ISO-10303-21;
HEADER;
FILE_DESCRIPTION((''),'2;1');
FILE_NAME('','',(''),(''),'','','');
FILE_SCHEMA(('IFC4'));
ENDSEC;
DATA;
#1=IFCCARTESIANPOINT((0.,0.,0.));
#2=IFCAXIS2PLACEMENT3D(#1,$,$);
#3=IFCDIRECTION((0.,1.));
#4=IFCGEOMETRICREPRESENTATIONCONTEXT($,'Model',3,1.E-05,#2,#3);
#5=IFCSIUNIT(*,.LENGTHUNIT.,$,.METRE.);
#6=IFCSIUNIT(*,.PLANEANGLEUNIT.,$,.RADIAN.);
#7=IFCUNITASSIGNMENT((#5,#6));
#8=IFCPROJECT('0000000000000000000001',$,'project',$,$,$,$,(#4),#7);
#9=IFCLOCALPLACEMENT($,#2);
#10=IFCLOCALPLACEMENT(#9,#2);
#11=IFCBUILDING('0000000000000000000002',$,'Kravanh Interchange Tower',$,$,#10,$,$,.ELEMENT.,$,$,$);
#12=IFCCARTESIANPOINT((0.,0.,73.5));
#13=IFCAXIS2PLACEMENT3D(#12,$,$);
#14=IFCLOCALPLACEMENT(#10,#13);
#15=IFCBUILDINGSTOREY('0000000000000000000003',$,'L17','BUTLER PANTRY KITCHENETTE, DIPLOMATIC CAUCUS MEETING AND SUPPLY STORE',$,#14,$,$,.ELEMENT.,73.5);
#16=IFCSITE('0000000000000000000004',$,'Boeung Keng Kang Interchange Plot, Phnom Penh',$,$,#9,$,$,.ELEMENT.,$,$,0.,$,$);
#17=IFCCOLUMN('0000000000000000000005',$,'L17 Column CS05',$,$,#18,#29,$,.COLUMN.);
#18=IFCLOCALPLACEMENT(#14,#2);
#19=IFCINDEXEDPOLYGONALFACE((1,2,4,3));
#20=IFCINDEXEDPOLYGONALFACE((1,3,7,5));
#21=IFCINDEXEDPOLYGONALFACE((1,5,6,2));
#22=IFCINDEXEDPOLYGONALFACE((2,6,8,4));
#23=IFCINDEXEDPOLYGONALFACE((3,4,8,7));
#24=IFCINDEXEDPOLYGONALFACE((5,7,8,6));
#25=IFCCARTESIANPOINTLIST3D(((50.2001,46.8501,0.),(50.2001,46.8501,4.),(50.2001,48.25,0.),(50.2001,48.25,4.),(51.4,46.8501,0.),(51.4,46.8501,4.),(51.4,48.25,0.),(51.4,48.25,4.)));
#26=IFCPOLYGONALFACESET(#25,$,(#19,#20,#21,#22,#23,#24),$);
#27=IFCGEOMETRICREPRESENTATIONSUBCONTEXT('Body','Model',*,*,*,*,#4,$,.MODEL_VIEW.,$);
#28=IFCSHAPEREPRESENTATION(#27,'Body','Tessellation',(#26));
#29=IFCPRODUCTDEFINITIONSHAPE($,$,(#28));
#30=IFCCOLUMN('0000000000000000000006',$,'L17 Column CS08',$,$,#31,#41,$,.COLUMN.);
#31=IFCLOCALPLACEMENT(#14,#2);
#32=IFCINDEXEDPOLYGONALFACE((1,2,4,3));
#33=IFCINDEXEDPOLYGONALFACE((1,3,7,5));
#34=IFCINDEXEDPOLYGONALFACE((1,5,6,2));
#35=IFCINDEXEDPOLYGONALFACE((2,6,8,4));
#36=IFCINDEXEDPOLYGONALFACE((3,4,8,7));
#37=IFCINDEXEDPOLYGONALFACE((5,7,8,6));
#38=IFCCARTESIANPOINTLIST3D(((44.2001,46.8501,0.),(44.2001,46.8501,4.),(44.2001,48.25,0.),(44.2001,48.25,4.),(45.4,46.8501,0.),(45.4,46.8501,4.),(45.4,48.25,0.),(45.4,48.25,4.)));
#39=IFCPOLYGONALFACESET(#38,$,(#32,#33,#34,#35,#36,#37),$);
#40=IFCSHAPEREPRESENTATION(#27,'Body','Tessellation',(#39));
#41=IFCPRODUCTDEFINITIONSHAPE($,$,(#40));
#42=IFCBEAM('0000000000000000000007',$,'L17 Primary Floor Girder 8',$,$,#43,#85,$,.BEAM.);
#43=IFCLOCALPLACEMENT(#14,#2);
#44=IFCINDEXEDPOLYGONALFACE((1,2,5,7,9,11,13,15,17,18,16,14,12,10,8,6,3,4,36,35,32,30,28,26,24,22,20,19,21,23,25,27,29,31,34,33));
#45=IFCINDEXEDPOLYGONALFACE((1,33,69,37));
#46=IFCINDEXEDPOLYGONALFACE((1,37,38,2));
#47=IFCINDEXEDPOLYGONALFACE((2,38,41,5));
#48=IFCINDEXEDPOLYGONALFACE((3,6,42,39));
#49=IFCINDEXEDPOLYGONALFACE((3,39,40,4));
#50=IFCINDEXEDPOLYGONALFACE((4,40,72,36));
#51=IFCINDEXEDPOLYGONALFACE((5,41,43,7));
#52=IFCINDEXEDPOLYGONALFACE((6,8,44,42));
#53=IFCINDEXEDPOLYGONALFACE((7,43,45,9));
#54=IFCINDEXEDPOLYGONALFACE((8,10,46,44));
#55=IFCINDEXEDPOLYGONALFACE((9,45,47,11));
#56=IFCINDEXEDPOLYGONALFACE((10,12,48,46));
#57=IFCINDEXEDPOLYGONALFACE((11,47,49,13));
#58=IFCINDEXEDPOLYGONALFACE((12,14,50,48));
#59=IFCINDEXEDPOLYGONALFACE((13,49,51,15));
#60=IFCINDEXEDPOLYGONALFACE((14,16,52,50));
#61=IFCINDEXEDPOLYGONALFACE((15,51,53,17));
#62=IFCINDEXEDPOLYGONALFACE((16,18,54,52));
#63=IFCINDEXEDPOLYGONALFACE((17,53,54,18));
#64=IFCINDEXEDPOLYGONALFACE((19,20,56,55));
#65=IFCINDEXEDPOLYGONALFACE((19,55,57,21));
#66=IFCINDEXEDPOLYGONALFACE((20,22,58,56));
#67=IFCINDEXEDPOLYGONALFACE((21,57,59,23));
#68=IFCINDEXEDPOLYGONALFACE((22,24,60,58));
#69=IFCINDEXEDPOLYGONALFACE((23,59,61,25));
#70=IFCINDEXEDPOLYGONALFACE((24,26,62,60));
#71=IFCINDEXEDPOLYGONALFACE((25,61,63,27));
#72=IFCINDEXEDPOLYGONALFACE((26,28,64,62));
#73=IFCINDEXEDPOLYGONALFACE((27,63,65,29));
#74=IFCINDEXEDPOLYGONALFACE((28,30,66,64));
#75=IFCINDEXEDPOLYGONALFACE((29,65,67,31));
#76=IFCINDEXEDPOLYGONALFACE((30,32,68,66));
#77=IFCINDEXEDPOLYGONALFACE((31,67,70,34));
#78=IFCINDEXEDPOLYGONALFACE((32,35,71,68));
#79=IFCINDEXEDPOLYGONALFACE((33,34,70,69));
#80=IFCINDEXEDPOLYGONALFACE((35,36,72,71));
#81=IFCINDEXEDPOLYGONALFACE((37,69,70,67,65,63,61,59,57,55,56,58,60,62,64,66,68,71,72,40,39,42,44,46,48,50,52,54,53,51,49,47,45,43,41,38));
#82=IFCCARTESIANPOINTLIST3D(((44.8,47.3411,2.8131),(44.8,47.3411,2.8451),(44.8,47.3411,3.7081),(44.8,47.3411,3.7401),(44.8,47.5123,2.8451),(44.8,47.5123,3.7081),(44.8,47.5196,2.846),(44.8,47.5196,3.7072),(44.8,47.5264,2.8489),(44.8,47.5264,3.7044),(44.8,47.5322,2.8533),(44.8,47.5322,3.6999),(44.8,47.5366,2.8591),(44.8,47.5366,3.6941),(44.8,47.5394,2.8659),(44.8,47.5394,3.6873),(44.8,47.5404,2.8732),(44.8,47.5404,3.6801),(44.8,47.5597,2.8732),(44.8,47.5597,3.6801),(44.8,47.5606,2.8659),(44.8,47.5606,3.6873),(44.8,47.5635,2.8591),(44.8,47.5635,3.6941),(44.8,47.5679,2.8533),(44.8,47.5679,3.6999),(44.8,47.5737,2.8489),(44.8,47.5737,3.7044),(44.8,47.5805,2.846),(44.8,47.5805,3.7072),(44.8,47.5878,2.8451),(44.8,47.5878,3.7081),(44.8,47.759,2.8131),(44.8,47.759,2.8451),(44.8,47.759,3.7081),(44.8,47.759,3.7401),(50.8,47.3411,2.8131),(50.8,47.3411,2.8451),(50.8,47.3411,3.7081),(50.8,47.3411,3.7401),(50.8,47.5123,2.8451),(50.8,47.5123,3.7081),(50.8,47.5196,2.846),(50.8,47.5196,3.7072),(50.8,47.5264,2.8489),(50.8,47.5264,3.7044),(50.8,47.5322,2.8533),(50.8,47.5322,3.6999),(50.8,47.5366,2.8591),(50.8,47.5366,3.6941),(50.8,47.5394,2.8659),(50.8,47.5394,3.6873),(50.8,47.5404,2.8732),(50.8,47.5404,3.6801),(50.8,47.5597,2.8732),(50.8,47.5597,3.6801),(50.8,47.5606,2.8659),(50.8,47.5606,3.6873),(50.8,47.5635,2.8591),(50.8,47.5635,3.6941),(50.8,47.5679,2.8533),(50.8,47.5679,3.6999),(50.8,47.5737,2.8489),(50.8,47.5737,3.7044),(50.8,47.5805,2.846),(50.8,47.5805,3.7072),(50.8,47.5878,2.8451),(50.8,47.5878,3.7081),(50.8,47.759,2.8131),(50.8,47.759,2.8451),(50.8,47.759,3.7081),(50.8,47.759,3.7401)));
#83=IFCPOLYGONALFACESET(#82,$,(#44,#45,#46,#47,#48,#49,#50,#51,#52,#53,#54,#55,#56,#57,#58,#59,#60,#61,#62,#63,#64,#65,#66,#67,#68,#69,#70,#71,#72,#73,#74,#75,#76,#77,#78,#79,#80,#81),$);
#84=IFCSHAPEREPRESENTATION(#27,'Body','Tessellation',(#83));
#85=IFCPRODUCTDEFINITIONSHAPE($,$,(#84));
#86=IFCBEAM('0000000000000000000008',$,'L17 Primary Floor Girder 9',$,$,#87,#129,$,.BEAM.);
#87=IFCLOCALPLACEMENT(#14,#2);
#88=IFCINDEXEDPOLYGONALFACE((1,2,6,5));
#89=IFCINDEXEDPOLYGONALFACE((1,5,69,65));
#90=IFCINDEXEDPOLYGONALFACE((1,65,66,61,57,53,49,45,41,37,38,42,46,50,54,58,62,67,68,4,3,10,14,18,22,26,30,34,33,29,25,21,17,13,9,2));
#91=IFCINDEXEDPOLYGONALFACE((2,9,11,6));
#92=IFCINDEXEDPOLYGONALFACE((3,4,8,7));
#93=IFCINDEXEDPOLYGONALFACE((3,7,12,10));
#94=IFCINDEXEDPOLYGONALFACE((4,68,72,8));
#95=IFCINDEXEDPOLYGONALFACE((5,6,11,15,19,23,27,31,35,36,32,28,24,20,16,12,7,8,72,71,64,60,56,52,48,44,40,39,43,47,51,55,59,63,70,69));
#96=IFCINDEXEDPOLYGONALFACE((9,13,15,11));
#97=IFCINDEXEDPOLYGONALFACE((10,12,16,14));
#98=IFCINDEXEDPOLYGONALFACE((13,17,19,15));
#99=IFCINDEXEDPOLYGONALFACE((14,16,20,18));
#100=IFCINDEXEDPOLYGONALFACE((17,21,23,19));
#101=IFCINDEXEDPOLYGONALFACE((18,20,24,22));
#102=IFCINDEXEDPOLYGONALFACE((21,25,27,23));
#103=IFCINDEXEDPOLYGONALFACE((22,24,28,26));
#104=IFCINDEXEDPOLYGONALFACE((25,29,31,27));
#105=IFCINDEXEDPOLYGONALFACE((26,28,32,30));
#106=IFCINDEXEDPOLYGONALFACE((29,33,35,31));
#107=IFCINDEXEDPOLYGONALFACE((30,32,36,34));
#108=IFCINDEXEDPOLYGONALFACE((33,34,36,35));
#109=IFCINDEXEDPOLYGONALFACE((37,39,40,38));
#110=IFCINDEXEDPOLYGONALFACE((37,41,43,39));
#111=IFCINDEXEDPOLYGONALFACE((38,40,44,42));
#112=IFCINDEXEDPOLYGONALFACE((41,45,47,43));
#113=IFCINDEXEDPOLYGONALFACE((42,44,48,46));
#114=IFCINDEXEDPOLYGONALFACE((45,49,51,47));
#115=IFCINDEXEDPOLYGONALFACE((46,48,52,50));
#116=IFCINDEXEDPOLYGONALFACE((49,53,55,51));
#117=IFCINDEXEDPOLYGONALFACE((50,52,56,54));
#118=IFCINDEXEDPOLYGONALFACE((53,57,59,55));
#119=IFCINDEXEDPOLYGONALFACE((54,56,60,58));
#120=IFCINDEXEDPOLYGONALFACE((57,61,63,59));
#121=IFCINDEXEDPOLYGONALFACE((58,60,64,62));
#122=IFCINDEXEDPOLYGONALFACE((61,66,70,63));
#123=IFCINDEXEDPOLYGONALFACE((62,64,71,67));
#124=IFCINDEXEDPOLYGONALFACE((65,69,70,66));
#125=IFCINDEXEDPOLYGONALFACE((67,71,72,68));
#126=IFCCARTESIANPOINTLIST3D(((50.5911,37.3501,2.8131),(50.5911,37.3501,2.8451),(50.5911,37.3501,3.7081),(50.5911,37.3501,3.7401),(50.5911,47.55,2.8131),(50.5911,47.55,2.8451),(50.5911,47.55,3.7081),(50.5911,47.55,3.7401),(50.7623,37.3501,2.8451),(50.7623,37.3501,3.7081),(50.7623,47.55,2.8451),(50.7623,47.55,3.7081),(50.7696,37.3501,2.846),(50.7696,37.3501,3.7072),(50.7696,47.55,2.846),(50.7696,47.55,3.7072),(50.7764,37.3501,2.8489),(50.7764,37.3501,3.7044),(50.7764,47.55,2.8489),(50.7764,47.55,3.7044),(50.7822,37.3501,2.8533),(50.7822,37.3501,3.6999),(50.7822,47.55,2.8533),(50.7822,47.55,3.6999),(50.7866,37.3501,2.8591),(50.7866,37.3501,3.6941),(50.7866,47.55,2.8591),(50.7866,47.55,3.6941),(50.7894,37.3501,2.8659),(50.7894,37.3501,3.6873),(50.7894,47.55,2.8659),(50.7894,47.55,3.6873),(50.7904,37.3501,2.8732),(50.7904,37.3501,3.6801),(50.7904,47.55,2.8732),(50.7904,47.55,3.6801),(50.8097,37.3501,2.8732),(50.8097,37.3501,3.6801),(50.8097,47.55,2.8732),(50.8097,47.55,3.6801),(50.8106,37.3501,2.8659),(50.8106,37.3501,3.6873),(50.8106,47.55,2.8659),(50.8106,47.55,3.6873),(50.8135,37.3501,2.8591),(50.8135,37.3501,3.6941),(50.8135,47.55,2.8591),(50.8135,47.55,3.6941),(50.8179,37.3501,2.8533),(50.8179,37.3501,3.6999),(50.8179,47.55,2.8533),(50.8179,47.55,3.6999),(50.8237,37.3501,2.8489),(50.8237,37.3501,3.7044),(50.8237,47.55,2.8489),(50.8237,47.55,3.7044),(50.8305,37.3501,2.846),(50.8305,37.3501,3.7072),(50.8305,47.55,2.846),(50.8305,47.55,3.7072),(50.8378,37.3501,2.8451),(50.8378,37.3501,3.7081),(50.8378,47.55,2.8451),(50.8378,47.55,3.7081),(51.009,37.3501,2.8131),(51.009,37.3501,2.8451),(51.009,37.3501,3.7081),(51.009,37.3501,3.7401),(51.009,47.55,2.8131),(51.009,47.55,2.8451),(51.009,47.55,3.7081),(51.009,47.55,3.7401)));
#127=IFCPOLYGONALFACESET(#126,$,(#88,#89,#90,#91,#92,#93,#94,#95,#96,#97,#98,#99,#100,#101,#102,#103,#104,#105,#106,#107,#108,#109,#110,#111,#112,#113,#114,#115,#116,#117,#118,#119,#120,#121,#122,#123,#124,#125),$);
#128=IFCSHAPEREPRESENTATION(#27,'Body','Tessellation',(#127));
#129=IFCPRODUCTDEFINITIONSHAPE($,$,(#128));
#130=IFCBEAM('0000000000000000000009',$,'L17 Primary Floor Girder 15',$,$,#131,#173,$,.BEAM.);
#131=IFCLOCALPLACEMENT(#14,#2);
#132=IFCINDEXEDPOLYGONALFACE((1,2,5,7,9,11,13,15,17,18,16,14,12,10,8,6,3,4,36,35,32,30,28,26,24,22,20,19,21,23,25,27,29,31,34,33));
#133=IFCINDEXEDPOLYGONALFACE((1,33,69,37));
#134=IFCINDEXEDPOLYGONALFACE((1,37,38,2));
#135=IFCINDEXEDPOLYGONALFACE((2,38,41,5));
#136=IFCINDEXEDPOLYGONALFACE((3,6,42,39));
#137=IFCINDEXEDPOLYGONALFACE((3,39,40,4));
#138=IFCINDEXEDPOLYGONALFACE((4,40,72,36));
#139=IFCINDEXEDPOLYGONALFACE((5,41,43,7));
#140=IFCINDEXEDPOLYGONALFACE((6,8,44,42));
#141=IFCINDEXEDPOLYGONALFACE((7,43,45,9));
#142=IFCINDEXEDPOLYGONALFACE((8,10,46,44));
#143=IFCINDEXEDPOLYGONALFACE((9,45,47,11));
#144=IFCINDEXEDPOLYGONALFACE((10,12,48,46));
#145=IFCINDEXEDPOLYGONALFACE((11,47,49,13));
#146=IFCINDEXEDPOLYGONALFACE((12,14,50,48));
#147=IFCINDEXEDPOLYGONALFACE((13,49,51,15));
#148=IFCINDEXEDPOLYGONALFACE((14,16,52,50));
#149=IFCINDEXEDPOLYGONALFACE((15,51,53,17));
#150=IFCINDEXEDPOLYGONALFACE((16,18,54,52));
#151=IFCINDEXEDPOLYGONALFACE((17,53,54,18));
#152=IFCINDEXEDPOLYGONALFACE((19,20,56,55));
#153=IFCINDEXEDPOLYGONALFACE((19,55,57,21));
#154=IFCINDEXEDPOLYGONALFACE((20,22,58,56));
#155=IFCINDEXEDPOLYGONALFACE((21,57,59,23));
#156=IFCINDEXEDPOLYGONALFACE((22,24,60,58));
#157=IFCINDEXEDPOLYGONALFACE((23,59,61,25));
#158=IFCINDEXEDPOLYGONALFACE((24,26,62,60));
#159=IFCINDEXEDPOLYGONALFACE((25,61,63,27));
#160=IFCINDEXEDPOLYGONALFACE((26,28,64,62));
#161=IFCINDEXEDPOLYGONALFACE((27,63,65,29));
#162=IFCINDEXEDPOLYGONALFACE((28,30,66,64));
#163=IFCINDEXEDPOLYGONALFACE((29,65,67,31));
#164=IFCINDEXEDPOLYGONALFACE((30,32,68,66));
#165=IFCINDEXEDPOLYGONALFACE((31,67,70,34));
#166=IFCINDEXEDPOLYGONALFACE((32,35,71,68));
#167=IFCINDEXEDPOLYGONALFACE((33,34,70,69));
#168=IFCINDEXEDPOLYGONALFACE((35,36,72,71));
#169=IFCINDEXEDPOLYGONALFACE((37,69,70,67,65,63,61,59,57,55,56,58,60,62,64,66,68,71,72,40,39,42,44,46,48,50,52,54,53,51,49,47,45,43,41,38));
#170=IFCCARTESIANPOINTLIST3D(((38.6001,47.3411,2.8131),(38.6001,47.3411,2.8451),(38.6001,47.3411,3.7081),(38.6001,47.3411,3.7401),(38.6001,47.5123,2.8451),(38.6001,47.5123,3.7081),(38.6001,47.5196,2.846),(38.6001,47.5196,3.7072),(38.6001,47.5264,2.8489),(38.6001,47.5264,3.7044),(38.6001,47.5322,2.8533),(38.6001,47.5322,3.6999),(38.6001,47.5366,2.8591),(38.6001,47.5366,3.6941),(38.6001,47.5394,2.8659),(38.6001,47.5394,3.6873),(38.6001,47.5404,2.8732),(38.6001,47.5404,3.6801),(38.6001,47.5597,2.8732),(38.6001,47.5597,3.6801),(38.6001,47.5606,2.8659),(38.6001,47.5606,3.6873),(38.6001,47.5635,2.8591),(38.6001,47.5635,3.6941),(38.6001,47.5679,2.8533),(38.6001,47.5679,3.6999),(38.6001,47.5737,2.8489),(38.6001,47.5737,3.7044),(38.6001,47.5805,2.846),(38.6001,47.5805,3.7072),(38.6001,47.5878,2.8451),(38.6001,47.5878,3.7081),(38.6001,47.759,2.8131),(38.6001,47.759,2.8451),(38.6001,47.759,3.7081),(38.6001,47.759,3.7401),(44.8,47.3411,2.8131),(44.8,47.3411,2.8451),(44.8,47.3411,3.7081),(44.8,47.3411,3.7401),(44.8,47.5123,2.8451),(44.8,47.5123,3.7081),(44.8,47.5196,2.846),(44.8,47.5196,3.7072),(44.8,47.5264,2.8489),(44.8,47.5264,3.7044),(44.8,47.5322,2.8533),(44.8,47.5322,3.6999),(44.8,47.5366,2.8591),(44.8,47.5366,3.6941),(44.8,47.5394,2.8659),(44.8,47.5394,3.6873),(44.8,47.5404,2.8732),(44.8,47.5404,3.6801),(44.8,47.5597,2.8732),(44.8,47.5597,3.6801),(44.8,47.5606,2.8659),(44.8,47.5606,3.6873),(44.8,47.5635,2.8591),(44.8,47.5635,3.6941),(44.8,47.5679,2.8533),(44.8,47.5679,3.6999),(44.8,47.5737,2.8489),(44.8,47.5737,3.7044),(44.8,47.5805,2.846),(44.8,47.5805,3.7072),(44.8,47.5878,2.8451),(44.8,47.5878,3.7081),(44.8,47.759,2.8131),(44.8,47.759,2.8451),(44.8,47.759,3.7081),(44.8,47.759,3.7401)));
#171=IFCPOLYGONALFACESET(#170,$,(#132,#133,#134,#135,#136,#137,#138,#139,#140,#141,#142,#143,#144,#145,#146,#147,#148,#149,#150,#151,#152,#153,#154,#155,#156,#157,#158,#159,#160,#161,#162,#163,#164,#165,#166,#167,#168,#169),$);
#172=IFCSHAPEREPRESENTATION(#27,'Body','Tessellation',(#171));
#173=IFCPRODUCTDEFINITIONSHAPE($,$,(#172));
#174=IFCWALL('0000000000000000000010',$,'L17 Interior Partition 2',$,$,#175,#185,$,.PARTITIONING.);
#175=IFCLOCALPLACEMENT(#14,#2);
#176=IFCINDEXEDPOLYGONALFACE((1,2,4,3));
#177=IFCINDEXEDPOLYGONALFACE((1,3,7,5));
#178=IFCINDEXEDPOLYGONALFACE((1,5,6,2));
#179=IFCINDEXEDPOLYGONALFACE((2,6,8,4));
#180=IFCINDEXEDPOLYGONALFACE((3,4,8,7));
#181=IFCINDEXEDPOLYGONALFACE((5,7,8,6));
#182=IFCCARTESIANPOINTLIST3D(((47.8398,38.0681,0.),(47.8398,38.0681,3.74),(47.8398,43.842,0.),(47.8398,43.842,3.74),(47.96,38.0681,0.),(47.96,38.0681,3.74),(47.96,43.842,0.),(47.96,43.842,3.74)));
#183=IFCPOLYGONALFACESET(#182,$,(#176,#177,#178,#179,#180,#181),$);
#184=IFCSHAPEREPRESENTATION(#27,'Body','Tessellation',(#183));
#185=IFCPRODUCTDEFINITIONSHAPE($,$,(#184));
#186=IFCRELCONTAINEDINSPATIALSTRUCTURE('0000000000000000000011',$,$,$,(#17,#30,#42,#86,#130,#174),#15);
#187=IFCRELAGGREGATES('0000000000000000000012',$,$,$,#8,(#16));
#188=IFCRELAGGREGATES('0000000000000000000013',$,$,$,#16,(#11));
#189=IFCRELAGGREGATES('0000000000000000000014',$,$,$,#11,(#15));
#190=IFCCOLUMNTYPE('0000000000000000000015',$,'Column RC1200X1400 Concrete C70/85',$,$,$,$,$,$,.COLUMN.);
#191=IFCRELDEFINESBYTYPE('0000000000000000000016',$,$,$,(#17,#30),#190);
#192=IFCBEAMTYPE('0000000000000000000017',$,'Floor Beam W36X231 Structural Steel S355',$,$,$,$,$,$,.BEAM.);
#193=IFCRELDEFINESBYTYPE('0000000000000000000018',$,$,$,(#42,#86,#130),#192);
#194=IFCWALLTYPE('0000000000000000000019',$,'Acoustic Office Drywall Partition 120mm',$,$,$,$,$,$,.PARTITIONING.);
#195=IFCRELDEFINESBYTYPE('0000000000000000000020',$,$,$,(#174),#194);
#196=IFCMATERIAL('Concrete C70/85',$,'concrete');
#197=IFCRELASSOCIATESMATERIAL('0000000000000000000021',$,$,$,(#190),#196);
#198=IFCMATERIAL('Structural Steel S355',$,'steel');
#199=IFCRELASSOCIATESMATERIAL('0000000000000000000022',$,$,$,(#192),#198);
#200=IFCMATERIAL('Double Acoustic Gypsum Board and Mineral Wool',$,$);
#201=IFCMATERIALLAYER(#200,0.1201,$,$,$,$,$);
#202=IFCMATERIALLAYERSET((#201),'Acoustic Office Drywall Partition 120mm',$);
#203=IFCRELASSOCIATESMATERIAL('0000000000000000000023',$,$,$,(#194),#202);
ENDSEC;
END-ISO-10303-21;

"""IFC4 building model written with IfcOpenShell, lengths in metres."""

from ifc_helpers import new_model, si_unit, direction, frame, frame_2d, origin, origin_2d, place, context, subcontext, project, spatial, rectangle, i_section, extrude, material, layer, layer_set, material_profile, profile_set, type_object, element, save


model = new_model("IFC4")

# Units and contexts
model_context = context("Model", 3, precision=1e-05, world=origin(), true_north=direction((0.0, 1.0)))
body_context = subcontext(model_context, "Body", "Model", "MODEL_VIEW")
ifc_project = project(units=[si_unit("LENGTHUNIT", "METRE"), si_unit("PLANEANGLEUNIT", "RADIAN")], contexts=[model_context])

# Site, building, storey
site_placement = place(None, origin())
site = spatial("IfcSite", under=ifc_project, at=site_placement, Name="Boeung Keng Kang Interchange Plot, Phnom Penh", CompositionType="ELEMENT", RefElevation=0.0)
building_placement = place(site_placement, origin())
building = spatial("IfcBuilding", under=site, at=building_placement, Name="Kravanh Interchange Tower", CompositionType="ELEMENT")
storey_placement = place(building_placement, frame((0.0, 0.0, 73.5)))
storey = spatial("IfcBuildingStorey", under=building, at=storey_placement, Name="L17", Description="BUTLER PANTRY KITCHENETTE, DIPLOMATIC CAUCUS MEETING AND SUPPLY STORE", CompositionType="ELEMENT", Elevation=73.5)

# Columns
ifc_material_1 = material(Name="Concrete C70/85", Category="concrete")
ifc_material_profile_1 = material_profile(ifc_material_1, rectangle(XDim=1.2, YDim=1.3999, at=origin_2d()), Name="RC1200X1400")
ifc_profile_set_1 = profile_set([ifc_material_profile_1], Name="Concrete C70/85")
column_type = type_object("IfcColumnType", Name="Column RC1200X1400 Concrete C70/85", PredefinedType="COLUMN", material=ifc_profile_set_1)
for number, where, z_axis, x_axis, name in (
    (1, (50.8, 47.55, 0.0), (0.0, 0.0, 1.0), (1.0, 0.0, 0.0), "L17 Column CS05"),
    (2, (44.8, 47.55, 0.0), (0.0, 0.0, 1.0), (1.0, 0.0, 0.0), "L17 Column CS08"),
):
    element("IfcColumn", number, at=place(storey_placement, frame(where, z_axis=z_axis, x_axis=x_axis)), inside=storey, type_object=column_type, Name=name, PredefinedType="COLUMN", context=body_context, shape_type="SweptSolid", body=[
        extrude(rectangle(XDim=1.2, YDim=1.3999, at=origin_2d()), origin(), (0.0, 0.0, 1.0), 4.0),
    ])

# Beams
ifc_material_2 = material(Name="Structural Steel S355", Category="steel")
ifc_material_profile_2 = material_profile(ifc_material_2, i_section(OverallWidth=0.418, OverallDepth=0.927, WebThickness=0.0193, FlangeThickness=0.032, FilletRadius=0.0281, at=origin_2d()), Name="W36X231")
ifc_profile_set_2 = profile_set([ifc_material_profile_2], Name="Structural Steel S355")
beam_type = type_object("IfcBeamType", Name="Floor Beam W36X231 Structural Steel S355", PredefinedType="BEAM", material=ifc_profile_set_2)
beam_1_placement = place(storey_placement, frame((50.8, 47.55, 3.2766), z_axis=(-1.0, 0.0, 0.0), x_axis=(0.0, -1.0, 0.0)))
element("IfcBeam", 3, at=beam_1_placement, inside=storey, type_object=beam_type, Name="L17 Primary Floor Girder 8", PredefinedType="BEAM", context=body_context, shape_type="SweptSolid", body=[
    extrude(i_section(OverallWidth=0.418, OverallDepth=0.927, WebThickness=0.0193, FlangeThickness=0.032, FilletRadius=0.0281, at=origin_2d()), origin(), (0.0, 0.0, 1.0), 6.0),
])
beam_2_placement = place(storey_placement, frame((50.8, 47.55, 3.2766), z_axis=(0.0, -1.0, 0.0), x_axis=(1.0, 0.0, 0.0)))
element("IfcBeam", 4, at=beam_2_placement, inside=storey, type_object=beam_type, Name="L17 Primary Floor Girder 9", PredefinedType="BEAM", context=body_context, shape_type="SweptSolid", body=[
    extrude(i_section(OverallWidth=0.418, OverallDepth=0.927, WebThickness=0.0193, FlangeThickness=0.032, FilletRadius=0.0281, at=origin_2d()), origin(), (0.0, 0.0, 1.0), 10.2),
])
beam_3_placement = place(storey_placement, frame((44.8, 47.55, 3.2766), z_axis=(-1.0, 0.0, 0.0), x_axis=(0.0, -1.0, 0.0)))
element("IfcBeam", 5, at=beam_3_placement, inside=storey, type_object=beam_type, Name="L17 Primary Floor Girder 15", PredefinedType="BEAM", context=body_context, shape_type="SweptSolid", body=[
    extrude(i_section(OverallWidth=0.418, OverallDepth=0.927, WebThickness=0.0193, FlangeThickness=0.032, FilletRadius=0.0281, at=origin_2d()), origin(), (0.0, 0.0, 1.0), 6.2),
])

# Wall
ifc_material_3 = material(Name="Double Acoustic Gypsum Board and Mineral Wool")
ifc_layer_1 = layer(ifc_material_3, 0.1201)
ifc_layer_set_1 = layer_set([ifc_layer_1], Name="Acoustic Office Drywall Partition 120mm")
wall_type_1 = type_object("IfcWallType", Name="Acoustic Office Drywall Partition 120mm", PredefinedType="PARTITIONING", material=ifc_layer_set_1)
wall_1_placement = place(storey_placement, frame((47.8999, 38.0681, 0.0), z_axis=(0.0, 0.0, 1.0), x_axis=(0.0, 1.0, 0.0)))
element("IfcWall", 6, at=wall_1_placement, inside=storey, type_object=wall_type_1, Name="L17 Interior Partition 2", PredefinedType="PARTITIONING", context=body_context, shape_type="SweptSolid", body=[
    extrude(rectangle(XDim=5.7739, YDim=0.1201, at=frame_2d((2.887, 0.0))), origin(), (0.0, 0.0, 1.0), 3.74),
])

save(model, "model.ifc")
